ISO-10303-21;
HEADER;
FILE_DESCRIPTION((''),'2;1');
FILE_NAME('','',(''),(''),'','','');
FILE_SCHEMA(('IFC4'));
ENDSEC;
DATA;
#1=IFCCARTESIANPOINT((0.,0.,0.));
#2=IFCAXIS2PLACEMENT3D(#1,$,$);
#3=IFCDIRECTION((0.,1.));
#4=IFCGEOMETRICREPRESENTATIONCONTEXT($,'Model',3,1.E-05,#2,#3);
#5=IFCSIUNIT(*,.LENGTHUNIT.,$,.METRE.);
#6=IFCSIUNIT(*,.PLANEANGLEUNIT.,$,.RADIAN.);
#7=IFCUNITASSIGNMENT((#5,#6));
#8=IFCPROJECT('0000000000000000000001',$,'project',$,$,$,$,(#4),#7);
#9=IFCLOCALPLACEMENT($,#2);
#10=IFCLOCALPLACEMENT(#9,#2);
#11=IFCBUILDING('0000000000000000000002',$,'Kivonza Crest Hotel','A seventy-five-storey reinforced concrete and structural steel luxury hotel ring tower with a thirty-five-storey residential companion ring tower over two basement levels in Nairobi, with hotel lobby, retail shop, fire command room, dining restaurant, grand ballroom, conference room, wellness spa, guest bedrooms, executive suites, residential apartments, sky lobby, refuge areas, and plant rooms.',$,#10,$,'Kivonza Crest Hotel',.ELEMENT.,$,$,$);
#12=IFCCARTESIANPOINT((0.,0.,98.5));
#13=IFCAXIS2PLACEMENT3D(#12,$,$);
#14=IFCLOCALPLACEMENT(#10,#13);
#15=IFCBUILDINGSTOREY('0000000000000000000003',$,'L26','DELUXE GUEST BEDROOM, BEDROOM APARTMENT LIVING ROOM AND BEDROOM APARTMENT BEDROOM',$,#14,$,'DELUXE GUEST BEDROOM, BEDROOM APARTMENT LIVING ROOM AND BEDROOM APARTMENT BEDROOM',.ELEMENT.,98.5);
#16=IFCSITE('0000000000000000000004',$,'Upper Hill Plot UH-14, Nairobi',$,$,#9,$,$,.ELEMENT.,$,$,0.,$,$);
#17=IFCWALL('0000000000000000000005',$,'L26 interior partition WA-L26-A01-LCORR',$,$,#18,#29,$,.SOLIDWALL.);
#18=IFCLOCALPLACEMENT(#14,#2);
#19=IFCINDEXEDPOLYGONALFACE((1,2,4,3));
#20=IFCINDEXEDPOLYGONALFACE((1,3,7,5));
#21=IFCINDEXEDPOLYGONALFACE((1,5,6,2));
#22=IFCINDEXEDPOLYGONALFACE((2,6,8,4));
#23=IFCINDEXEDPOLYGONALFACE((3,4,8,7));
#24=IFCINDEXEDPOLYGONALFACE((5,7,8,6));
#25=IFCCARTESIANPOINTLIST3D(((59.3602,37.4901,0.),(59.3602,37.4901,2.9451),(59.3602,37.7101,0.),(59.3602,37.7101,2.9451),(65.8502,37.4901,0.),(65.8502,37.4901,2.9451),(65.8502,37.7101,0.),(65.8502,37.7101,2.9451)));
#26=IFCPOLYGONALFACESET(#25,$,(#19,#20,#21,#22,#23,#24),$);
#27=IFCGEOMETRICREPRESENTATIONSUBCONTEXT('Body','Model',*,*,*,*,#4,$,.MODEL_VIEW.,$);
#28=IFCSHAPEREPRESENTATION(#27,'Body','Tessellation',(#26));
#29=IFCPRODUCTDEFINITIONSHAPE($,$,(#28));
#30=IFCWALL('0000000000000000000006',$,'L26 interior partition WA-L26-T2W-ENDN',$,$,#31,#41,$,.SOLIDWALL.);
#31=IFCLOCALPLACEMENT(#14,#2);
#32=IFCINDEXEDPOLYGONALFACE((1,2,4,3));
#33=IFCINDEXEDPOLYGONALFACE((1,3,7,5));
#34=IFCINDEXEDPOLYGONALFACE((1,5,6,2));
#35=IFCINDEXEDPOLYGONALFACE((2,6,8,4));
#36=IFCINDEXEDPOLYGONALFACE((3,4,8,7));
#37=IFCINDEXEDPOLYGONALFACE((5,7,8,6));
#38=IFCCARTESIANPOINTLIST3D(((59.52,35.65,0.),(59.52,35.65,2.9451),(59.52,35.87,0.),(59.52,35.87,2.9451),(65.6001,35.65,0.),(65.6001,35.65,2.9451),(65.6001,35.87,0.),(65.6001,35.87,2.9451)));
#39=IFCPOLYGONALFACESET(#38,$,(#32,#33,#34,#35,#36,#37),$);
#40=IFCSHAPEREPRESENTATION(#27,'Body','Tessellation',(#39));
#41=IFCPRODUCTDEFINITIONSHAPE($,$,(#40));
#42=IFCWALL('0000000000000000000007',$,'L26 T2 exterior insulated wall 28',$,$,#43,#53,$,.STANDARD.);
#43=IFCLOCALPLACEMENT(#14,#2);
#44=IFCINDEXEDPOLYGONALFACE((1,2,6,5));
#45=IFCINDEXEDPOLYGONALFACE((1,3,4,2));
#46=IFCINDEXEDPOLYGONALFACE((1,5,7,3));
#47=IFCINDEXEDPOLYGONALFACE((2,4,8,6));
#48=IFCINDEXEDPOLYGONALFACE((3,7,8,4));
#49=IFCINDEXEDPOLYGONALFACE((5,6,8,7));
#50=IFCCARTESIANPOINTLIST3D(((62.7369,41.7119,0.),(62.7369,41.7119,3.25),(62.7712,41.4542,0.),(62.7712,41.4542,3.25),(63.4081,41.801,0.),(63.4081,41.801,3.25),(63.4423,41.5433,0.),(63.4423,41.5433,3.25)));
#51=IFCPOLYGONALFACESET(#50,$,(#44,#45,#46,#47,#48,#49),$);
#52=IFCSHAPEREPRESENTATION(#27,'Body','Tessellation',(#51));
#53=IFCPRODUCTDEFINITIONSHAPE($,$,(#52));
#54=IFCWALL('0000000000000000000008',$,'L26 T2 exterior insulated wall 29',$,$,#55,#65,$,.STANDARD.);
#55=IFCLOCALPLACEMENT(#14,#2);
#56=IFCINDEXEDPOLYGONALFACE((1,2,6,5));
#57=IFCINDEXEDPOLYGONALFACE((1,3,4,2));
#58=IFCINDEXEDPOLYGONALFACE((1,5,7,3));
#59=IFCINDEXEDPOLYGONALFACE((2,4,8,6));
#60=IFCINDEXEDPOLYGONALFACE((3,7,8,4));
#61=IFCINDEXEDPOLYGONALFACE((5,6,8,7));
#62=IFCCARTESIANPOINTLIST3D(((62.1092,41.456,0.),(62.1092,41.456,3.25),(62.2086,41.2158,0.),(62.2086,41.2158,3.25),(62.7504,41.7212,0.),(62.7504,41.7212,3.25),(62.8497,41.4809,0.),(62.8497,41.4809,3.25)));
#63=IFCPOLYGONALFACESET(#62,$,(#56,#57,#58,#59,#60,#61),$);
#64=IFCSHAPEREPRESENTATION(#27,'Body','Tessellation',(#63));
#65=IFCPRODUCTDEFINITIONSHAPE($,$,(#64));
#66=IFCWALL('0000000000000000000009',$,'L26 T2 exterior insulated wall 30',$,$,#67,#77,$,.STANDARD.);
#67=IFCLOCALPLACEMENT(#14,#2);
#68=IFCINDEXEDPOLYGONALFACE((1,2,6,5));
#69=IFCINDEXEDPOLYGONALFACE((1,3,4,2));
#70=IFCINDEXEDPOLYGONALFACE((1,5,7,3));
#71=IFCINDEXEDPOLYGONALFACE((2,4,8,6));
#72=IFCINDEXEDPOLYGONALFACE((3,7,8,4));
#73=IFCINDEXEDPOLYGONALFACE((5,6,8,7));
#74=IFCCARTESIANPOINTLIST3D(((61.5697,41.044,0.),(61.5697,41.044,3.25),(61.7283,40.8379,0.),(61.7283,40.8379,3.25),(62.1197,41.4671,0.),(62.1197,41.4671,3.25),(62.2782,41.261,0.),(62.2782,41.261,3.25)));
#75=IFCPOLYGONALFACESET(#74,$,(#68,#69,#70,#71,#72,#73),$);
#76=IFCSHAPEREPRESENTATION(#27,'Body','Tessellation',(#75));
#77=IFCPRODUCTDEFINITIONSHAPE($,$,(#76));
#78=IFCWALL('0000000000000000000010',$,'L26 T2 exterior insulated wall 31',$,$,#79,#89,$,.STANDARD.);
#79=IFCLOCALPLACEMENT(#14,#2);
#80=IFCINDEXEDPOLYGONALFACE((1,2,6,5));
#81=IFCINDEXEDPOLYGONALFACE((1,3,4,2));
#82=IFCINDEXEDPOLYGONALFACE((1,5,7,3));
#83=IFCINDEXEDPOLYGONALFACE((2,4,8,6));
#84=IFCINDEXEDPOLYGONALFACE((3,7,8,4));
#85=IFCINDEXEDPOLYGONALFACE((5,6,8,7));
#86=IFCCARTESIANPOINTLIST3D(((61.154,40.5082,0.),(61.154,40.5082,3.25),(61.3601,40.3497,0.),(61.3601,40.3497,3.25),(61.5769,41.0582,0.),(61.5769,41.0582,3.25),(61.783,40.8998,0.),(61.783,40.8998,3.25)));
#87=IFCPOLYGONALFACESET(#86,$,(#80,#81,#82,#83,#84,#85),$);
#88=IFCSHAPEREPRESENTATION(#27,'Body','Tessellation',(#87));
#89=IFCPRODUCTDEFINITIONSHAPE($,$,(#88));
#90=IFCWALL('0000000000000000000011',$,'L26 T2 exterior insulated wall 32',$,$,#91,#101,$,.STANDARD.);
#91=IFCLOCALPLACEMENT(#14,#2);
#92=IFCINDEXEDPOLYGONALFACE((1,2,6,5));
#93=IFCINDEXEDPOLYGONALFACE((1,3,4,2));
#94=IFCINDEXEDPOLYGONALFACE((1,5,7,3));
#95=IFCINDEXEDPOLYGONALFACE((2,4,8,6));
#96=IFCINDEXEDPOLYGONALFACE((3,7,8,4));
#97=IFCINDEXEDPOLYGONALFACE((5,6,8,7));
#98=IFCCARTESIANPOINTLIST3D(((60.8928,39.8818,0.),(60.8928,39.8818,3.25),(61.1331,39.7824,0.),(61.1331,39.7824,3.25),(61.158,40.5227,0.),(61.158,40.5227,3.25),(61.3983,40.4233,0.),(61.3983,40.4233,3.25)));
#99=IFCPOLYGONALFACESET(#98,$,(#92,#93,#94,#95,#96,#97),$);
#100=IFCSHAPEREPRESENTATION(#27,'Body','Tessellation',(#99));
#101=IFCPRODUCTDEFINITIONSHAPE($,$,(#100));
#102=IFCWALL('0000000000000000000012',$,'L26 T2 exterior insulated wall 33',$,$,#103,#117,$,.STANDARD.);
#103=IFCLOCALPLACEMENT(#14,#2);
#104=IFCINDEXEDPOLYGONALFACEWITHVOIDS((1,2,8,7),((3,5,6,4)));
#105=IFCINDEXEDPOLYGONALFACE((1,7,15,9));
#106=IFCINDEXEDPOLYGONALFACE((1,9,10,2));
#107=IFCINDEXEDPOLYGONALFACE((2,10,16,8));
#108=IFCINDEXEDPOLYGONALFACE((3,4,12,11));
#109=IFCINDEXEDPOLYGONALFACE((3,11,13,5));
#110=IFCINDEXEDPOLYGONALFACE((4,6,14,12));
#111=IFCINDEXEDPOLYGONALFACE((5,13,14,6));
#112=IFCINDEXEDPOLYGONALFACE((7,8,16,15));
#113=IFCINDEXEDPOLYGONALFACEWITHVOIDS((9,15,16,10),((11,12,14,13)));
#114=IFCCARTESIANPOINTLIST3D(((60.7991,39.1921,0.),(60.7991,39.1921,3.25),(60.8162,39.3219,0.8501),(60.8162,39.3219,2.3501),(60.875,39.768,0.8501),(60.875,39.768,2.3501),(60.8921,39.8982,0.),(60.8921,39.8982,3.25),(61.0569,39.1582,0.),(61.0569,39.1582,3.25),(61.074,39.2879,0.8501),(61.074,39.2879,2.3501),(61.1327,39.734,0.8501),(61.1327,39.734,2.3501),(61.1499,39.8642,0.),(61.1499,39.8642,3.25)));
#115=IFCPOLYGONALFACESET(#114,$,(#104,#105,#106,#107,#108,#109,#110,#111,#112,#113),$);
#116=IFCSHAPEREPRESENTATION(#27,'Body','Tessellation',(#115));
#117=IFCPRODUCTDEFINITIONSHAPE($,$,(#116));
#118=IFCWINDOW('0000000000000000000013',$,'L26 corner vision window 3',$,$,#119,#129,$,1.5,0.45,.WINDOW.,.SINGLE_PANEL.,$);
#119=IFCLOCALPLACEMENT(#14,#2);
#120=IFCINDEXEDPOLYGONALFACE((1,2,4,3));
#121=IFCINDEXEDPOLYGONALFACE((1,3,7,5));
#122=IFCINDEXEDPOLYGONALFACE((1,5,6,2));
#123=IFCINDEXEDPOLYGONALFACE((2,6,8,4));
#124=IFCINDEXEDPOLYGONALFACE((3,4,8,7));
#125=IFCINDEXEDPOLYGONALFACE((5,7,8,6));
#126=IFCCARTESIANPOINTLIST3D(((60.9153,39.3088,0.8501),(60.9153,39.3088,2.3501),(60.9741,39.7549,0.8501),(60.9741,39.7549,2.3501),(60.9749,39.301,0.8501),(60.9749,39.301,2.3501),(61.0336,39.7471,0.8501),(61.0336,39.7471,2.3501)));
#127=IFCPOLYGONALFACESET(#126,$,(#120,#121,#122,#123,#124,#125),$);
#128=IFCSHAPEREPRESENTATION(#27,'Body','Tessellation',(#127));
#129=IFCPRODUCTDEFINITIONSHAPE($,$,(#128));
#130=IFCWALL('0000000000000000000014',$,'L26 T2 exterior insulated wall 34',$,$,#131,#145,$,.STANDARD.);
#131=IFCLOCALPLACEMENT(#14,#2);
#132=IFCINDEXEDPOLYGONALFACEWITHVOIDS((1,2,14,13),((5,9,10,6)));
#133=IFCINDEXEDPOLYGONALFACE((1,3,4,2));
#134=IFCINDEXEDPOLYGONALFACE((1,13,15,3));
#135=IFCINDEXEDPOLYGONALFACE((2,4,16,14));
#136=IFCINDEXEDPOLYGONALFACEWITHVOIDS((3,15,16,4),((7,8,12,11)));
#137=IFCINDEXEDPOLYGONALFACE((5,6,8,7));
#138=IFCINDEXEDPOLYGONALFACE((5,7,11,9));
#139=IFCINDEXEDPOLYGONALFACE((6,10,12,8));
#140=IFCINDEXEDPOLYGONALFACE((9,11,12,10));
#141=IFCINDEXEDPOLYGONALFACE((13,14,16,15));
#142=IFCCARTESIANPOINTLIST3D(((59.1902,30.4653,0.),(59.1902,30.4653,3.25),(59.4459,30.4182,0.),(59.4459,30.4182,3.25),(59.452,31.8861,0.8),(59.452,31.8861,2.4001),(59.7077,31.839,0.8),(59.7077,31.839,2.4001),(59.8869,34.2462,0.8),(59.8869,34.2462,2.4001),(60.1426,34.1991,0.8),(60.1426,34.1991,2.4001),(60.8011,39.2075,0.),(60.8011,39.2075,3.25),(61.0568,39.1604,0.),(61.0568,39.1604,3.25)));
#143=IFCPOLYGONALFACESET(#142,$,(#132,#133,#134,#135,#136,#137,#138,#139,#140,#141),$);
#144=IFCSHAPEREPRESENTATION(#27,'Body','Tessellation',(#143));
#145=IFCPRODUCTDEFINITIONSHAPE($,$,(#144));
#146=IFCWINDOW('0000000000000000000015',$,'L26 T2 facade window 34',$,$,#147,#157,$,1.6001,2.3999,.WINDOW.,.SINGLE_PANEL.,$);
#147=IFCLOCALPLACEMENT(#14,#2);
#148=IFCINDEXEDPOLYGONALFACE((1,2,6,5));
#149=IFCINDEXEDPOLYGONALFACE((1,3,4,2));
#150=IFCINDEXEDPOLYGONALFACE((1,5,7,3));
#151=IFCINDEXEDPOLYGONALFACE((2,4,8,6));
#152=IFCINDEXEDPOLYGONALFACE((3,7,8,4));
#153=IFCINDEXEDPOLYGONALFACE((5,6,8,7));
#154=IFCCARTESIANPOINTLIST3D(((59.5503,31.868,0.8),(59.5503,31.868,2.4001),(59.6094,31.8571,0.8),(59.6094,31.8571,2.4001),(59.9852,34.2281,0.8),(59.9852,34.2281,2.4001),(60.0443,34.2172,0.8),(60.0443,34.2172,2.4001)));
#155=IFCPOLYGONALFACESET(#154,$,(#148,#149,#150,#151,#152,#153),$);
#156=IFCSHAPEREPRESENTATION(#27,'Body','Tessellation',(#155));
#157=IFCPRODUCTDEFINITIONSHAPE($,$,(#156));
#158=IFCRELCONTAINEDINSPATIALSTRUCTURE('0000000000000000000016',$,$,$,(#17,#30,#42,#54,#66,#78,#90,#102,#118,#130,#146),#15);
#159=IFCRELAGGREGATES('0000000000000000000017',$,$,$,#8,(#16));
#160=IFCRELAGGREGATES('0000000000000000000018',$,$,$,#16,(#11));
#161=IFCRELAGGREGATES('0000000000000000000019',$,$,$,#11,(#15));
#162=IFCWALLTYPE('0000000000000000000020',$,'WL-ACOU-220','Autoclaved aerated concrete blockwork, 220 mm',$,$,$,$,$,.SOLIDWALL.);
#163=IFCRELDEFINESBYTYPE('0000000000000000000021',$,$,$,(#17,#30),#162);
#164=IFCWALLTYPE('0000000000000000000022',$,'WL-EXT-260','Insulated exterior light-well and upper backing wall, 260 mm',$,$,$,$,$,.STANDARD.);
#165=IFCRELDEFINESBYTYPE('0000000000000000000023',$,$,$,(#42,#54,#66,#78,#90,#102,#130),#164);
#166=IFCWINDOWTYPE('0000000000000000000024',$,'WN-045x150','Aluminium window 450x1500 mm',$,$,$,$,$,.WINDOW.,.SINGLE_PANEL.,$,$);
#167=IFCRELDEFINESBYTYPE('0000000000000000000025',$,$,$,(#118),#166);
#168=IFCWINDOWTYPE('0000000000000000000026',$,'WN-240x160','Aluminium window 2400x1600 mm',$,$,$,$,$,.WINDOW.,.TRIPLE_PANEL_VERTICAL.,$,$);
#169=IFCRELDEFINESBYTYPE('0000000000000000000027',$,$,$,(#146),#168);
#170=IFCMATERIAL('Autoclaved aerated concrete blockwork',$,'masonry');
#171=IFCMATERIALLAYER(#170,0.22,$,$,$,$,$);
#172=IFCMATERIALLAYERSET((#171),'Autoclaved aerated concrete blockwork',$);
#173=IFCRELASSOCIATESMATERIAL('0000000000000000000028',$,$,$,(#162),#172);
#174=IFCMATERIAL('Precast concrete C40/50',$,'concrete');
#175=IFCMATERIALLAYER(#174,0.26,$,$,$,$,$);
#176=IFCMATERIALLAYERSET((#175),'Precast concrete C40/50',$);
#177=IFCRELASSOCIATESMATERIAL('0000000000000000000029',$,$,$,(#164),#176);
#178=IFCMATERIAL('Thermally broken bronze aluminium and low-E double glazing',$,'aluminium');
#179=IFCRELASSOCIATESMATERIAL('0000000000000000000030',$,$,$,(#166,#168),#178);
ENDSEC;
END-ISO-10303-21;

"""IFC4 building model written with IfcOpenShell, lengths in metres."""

from ifc_helpers import new_model, si_unit, direction, frame, frame_2d, origin, place, context, subcontext, project, spatial, rectangle, extrude, material, layer, layer_set, type_object, element, fill, save


model = new_model("IFC4")

# Units and contexts
model_context = context("Model", 3, precision=1e-05, world=origin(), true_north=direction((0.0, 1.0)))
body_context = subcontext(model_context, "Body", "Model", "MODEL_VIEW")
ifc_project = project(units=[si_unit("LENGTHUNIT", "METRE"), si_unit("PLANEANGLEUNIT", "RADIAN")], contexts=[model_context])

# Site, building, storey
site_placement = place(None, origin())
site = spatial("IfcSite", under=ifc_project, at=site_placement, Name="Upper Hill Plot UH-14, Nairobi", CompositionType="ELEMENT", RefElevation=0.0)
building_placement = place(site_placement, origin())
building = spatial("IfcBuilding", under=site, at=building_placement, Name="Kivonza Crest Hotel", Description="A seventy-five-storey reinforced concrete and structural steel luxury hotel ring tower with a thirty-five-storey residential companion ring tower over two basement levels in Nairobi, with hotel lobby, retail shop, fire command room, dining restaurant, grand ballroom, conference room, wellness spa, guest bedrooms, executive suites, residential apartments, sky lobby, refuge areas, and plant rooms.", LongName="Kivonza Crest Hotel", CompositionType="ELEMENT")
storey_placement = place(building_placement, frame((0.0, 0.0, 98.5)))
storey = spatial("IfcBuildingStorey", under=building, at=storey_placement, Name="L26", Description="DELUXE GUEST BEDROOM, BEDROOM APARTMENT LIVING ROOM AND BEDROOM APARTMENT BEDROOM", LongName="DELUXE GUEST BEDROOM, BEDROOM APARTMENT LIVING ROOM AND BEDROOM APARTMENT BEDROOM", CompositionType="ELEMENT", Elevation=98.5)

# Walls
ifc_material_1 = material(Name="Autoclaved aerated concrete blockwork", Category="masonry")
ifc_layer_1 = layer(ifc_material_1, 0.22)
ifc_layer_set_1 = layer_set([ifc_layer_1], Name="Autoclaved aerated concrete blockwork")
wall_type_1 = type_object("IfcWallType", Name="WL-ACOU-220", Description="Autoclaved aerated concrete blockwork, 220 mm", PredefinedType="SOLIDWALL", material=ifc_layer_set_1)
wall_1_placement = place(storey_placement, frame((59.3601, 37.6001, 0.0), z_axis=(0.0, 0.0, 1.0), x_axis=(1.0, 0.0, 0.0)))
element("IfcWall", 1, at=wall_1_placement, inside=storey, type_object=wall_type_1, Name="L26 interior partition WA-L26-A01-LCORR", PredefinedType="SOLIDWALL", context=body_context, shape_type="SweptSolid", body=[
    extrude(rectangle(XDim=6.49, YDim=0.22, at=frame_2d((3.2451, 0.0))), origin(), (0.0, 0.0, 1.0), 2.9451),
])
wall_2_placement = place(storey_placement, frame((59.52, 35.76, 0.0), z_axis=(0.0, 0.0, 1.0), x_axis=(1.0, 0.0, 0.0)))
element("IfcWall", 2, at=wall_2_placement, inside=storey, type_object=wall_type_1, Name="L26 interior partition WA-L26-T2W-ENDN", PredefinedType="SOLIDWALL", context=body_context, shape_type="SweptSolid", body=[
    extrude(rectangle(XDim=6.0801, YDim=0.22, at=frame_2d((3.04, 0.0))), origin(), (0.0, 0.0, 1.0), 2.9451),
])
ifc_material_2 = material(Name="Precast concrete C40/50", Category="concrete")
ifc_layer_2 = layer(ifc_material_2, 0.26)
ifc_layer_set_2 = layer_set([ifc_layer_2], Name="Precast concrete C40/50")
wall_type_2 = type_object("IfcWallType", Name="WL-EXT-260", Description="Insulated exterior light-well and upper backing wall, 260 mm", PredefinedType="STANDARD", material=ifc_layer_set_2)
wall_3_placement = place(storey_placement, frame((63.425, 41.6721, 0.0), z_axis=(0.0, 0.0, 1.0), x_axis=(-0.9913, -0.13162, 0.0)))
element("IfcWall", 3, at=wall_3_placement, inside=storey, type_object=wall_type_2, Name="L26 T2 exterior insulated wall 28", PredefinedType="STANDARD", context=body_context, shape_type="SweptSolid", body=[
    extrude(rectangle(XDim=0.677, YDim=0.26, at=frame_2d((0.3384, 0.0))), origin(), (0.0, 0.0, 1.0), 3.25),
])
for number, where, z_axis, x_axis, name in (
    (4, (62.8, 41.6011, 0.0), (0.0, 0.0, 1.0), (-0.924094, -0.382165, 0.0), "L26 T2 exterior insulated wall 29"),
    (5, (62.199, 41.364, 0.0), (0.0, 0.0, 1.0), (-0.792637, -0.609694, 0.0), "L26 T2 exterior insulated wall 30"),
    (6, (61.6799, 40.979, 0.0), (0.0, 0.0, 1.0), (-0.609473, -0.792807, 0.0), "L26 T2 exterior insulated wall 31"),
):
    element("IfcWall", number, at=place(storey_placement, frame(where, z_axis=z_axis, x_axis=x_axis)), inside=storey, type_object=wall_type_2, Name=name, PredefinedType="STANDARD", context=body_context, shape_type="SweptSolid", body=[
        extrude(rectangle(XDim=0.6938, YDim=0.26, at=frame_2d((0.3469, 0.0))), origin(), (0.0, 0.0, 1.0), 3.25),
    ])
wall_4_placement = place(storey_placement, frame((61.2781, 40.4729, 0.0), z_axis=(0.0, 0.0, 1.0), x_axis=(-0.38229, -0.924043, 0.0)))
element("IfcWall", 7, at=wall_4_placement, inside=storey, type_object=wall_type_2, Name="L26 T2 exterior insulated wall 32", PredefinedType="STANDARD", context=body_context, shape_type="SweptSolid", body=[
    extrude(rectangle(XDim=0.6936, YDim=0.26, at=frame_2d((0.3467, 0.0))), origin(), (0.0, 0.0, 1.0), 3.25),
])

# Walls, openings, windows
wall_5_placement = place(storey_placement, frame((61.021, 39.8811, 0.0), z_axis=(0.0, 0.0, 1.0), x_axis=(-0.130614, -0.991433, 0.0)))
wall_5 = element("IfcWall", 8, at=wall_5_placement, inside=storey, type_object=wall_type_2, Name="L26 T2 exterior insulated wall 33", PredefinedType="STANDARD", context=body_context, shape_type="SweptSolid", body=[
    extrude(rectangle(XDim=0.7122, YDim=0.26, at=frame_2d((0.356, 0.0))), origin(), (0.0, 0.0, 1.0), 3.25),
])
opening_1_placement = place(wall_5_placement, frame((0.1311, 0.0, 0.8501)))
opening_1 = element("IfcOpeningElement", 9, at=opening_1_placement, cuts=wall_5, PredefinedType="OPENING", context=body_context, shape_type="SweptSolid", body=[
    extrude(rectangle(XDim=0.45, YDim=1.5, at=frame_2d((0.2251, 0.75))), frame((0.0, 0.1401, 0.0), z_axis=(0.0, -1.0, 0.0), x_axis=(1.0, 0.0, 0.0)), (0.0, 0.0, 1.0), 0.28),
])
ifc_material_3 = material(Name="Thermally broken bronze aluminium and low-E double glazing", Category="aluminium")
window_type_1 = type_object("IfcWindowType", Name="WN-045x150", Description="Aluminium window 450x1500 mm", PartitioningType="SINGLE_PANEL", PredefinedType="WINDOW", material=ifc_material_3)
window_1_placement = place(opening_1_placement, origin())
window_1 = element("IfcWindow", 10, at=window_1_placement, inside=storey, type_object=window_type_1, Name="L26 corner vision window 3", OverallHeight=1.5, OverallWidth=0.45, PartitioningType="SINGLE_PANEL", PredefinedType="WINDOW", context=body_context, shape_type="SweptSolid", body=[
    extrude(rectangle(XDim=0.45, YDim=1.5, at=frame_2d((0.2251, 0.75))), frame((0.0, 0.03, 0.0), z_axis=(0.0, -1.0, 0.0), x_axis=(1.0, 0.0, 0.0)), (0.0, 0.0, 1.0), 0.0601),
])
fill(opening_1, window_1)
wall_6_placement = place(storey_placement, frame((60.929, 39.1841, 0.0), z_axis=(0.0, 0.0, 1.0), x_axis=(-0.18121, -0.983444, 0.0)))
wall_6 = element("IfcWall", 11, at=wall_6_placement, inside=storey, type_object=wall_type_2, Name="L26 T2 exterior insulated wall 34", PredefinedType="STANDARD", context=body_context, shape_type="SweptSolid", body=[
    extrude(rectangle(XDim=8.8894, YDim=0.26, at=frame_2d((4.4448, 0.0))), origin(), (0.0, 0.0, 1.0), 3.25),
])
opening_2_placement = place(wall_6_placement, frame((5.0449, 0.0, 0.8)))
opening_2 = element("IfcOpeningElement", 12, at=opening_2_placement, cuts=wall_6, PredefinedType="OPENING", context=body_context, shape_type="SweptSolid", body=[
    extrude(rectangle(XDim=2.3999, YDim=1.6001, at=frame_2d((1.2, 0.8))), frame((0.0, 0.1401, 0.0), z_axis=(0.0, -1.0, 0.0), x_axis=(1.0, 0.0, 0.0)), (0.0, 0.0, 1.0), 0.28),
])
window_type_2 = type_object("IfcWindowType", Name="WN-240x160", Description="Aluminium window 2400x1600 mm", PartitioningType="TRIPLE_PANEL_VERTICAL", PredefinedType="WINDOW", material=ifc_material_3)
window_2_placement = place(opening_2_placement, origin())
window_2 = element("IfcWindow", 13, at=window_2_placement, inside=storey, type_object=window_type_2, Name="L26 T2 facade window 34", OverallHeight=1.6001, OverallWidth=2.3999, PartitioningType="SINGLE_PANEL", PredefinedType="WINDOW", context=body_context, shape_type="SweptSolid", body=[
    extrude(rectangle(XDim=2.3999, YDim=1.6001, at=frame_2d((1.2, 0.8))), frame((0.0, 0.03, 0.0), z_axis=(0.0, -1.0, 0.0), x_axis=(1.0, 0.0, 0.0)), (0.0, 0.0, 1.0), 0.0601),
])
fill(opening_2, window_2)

save(model, "model.ifc")
